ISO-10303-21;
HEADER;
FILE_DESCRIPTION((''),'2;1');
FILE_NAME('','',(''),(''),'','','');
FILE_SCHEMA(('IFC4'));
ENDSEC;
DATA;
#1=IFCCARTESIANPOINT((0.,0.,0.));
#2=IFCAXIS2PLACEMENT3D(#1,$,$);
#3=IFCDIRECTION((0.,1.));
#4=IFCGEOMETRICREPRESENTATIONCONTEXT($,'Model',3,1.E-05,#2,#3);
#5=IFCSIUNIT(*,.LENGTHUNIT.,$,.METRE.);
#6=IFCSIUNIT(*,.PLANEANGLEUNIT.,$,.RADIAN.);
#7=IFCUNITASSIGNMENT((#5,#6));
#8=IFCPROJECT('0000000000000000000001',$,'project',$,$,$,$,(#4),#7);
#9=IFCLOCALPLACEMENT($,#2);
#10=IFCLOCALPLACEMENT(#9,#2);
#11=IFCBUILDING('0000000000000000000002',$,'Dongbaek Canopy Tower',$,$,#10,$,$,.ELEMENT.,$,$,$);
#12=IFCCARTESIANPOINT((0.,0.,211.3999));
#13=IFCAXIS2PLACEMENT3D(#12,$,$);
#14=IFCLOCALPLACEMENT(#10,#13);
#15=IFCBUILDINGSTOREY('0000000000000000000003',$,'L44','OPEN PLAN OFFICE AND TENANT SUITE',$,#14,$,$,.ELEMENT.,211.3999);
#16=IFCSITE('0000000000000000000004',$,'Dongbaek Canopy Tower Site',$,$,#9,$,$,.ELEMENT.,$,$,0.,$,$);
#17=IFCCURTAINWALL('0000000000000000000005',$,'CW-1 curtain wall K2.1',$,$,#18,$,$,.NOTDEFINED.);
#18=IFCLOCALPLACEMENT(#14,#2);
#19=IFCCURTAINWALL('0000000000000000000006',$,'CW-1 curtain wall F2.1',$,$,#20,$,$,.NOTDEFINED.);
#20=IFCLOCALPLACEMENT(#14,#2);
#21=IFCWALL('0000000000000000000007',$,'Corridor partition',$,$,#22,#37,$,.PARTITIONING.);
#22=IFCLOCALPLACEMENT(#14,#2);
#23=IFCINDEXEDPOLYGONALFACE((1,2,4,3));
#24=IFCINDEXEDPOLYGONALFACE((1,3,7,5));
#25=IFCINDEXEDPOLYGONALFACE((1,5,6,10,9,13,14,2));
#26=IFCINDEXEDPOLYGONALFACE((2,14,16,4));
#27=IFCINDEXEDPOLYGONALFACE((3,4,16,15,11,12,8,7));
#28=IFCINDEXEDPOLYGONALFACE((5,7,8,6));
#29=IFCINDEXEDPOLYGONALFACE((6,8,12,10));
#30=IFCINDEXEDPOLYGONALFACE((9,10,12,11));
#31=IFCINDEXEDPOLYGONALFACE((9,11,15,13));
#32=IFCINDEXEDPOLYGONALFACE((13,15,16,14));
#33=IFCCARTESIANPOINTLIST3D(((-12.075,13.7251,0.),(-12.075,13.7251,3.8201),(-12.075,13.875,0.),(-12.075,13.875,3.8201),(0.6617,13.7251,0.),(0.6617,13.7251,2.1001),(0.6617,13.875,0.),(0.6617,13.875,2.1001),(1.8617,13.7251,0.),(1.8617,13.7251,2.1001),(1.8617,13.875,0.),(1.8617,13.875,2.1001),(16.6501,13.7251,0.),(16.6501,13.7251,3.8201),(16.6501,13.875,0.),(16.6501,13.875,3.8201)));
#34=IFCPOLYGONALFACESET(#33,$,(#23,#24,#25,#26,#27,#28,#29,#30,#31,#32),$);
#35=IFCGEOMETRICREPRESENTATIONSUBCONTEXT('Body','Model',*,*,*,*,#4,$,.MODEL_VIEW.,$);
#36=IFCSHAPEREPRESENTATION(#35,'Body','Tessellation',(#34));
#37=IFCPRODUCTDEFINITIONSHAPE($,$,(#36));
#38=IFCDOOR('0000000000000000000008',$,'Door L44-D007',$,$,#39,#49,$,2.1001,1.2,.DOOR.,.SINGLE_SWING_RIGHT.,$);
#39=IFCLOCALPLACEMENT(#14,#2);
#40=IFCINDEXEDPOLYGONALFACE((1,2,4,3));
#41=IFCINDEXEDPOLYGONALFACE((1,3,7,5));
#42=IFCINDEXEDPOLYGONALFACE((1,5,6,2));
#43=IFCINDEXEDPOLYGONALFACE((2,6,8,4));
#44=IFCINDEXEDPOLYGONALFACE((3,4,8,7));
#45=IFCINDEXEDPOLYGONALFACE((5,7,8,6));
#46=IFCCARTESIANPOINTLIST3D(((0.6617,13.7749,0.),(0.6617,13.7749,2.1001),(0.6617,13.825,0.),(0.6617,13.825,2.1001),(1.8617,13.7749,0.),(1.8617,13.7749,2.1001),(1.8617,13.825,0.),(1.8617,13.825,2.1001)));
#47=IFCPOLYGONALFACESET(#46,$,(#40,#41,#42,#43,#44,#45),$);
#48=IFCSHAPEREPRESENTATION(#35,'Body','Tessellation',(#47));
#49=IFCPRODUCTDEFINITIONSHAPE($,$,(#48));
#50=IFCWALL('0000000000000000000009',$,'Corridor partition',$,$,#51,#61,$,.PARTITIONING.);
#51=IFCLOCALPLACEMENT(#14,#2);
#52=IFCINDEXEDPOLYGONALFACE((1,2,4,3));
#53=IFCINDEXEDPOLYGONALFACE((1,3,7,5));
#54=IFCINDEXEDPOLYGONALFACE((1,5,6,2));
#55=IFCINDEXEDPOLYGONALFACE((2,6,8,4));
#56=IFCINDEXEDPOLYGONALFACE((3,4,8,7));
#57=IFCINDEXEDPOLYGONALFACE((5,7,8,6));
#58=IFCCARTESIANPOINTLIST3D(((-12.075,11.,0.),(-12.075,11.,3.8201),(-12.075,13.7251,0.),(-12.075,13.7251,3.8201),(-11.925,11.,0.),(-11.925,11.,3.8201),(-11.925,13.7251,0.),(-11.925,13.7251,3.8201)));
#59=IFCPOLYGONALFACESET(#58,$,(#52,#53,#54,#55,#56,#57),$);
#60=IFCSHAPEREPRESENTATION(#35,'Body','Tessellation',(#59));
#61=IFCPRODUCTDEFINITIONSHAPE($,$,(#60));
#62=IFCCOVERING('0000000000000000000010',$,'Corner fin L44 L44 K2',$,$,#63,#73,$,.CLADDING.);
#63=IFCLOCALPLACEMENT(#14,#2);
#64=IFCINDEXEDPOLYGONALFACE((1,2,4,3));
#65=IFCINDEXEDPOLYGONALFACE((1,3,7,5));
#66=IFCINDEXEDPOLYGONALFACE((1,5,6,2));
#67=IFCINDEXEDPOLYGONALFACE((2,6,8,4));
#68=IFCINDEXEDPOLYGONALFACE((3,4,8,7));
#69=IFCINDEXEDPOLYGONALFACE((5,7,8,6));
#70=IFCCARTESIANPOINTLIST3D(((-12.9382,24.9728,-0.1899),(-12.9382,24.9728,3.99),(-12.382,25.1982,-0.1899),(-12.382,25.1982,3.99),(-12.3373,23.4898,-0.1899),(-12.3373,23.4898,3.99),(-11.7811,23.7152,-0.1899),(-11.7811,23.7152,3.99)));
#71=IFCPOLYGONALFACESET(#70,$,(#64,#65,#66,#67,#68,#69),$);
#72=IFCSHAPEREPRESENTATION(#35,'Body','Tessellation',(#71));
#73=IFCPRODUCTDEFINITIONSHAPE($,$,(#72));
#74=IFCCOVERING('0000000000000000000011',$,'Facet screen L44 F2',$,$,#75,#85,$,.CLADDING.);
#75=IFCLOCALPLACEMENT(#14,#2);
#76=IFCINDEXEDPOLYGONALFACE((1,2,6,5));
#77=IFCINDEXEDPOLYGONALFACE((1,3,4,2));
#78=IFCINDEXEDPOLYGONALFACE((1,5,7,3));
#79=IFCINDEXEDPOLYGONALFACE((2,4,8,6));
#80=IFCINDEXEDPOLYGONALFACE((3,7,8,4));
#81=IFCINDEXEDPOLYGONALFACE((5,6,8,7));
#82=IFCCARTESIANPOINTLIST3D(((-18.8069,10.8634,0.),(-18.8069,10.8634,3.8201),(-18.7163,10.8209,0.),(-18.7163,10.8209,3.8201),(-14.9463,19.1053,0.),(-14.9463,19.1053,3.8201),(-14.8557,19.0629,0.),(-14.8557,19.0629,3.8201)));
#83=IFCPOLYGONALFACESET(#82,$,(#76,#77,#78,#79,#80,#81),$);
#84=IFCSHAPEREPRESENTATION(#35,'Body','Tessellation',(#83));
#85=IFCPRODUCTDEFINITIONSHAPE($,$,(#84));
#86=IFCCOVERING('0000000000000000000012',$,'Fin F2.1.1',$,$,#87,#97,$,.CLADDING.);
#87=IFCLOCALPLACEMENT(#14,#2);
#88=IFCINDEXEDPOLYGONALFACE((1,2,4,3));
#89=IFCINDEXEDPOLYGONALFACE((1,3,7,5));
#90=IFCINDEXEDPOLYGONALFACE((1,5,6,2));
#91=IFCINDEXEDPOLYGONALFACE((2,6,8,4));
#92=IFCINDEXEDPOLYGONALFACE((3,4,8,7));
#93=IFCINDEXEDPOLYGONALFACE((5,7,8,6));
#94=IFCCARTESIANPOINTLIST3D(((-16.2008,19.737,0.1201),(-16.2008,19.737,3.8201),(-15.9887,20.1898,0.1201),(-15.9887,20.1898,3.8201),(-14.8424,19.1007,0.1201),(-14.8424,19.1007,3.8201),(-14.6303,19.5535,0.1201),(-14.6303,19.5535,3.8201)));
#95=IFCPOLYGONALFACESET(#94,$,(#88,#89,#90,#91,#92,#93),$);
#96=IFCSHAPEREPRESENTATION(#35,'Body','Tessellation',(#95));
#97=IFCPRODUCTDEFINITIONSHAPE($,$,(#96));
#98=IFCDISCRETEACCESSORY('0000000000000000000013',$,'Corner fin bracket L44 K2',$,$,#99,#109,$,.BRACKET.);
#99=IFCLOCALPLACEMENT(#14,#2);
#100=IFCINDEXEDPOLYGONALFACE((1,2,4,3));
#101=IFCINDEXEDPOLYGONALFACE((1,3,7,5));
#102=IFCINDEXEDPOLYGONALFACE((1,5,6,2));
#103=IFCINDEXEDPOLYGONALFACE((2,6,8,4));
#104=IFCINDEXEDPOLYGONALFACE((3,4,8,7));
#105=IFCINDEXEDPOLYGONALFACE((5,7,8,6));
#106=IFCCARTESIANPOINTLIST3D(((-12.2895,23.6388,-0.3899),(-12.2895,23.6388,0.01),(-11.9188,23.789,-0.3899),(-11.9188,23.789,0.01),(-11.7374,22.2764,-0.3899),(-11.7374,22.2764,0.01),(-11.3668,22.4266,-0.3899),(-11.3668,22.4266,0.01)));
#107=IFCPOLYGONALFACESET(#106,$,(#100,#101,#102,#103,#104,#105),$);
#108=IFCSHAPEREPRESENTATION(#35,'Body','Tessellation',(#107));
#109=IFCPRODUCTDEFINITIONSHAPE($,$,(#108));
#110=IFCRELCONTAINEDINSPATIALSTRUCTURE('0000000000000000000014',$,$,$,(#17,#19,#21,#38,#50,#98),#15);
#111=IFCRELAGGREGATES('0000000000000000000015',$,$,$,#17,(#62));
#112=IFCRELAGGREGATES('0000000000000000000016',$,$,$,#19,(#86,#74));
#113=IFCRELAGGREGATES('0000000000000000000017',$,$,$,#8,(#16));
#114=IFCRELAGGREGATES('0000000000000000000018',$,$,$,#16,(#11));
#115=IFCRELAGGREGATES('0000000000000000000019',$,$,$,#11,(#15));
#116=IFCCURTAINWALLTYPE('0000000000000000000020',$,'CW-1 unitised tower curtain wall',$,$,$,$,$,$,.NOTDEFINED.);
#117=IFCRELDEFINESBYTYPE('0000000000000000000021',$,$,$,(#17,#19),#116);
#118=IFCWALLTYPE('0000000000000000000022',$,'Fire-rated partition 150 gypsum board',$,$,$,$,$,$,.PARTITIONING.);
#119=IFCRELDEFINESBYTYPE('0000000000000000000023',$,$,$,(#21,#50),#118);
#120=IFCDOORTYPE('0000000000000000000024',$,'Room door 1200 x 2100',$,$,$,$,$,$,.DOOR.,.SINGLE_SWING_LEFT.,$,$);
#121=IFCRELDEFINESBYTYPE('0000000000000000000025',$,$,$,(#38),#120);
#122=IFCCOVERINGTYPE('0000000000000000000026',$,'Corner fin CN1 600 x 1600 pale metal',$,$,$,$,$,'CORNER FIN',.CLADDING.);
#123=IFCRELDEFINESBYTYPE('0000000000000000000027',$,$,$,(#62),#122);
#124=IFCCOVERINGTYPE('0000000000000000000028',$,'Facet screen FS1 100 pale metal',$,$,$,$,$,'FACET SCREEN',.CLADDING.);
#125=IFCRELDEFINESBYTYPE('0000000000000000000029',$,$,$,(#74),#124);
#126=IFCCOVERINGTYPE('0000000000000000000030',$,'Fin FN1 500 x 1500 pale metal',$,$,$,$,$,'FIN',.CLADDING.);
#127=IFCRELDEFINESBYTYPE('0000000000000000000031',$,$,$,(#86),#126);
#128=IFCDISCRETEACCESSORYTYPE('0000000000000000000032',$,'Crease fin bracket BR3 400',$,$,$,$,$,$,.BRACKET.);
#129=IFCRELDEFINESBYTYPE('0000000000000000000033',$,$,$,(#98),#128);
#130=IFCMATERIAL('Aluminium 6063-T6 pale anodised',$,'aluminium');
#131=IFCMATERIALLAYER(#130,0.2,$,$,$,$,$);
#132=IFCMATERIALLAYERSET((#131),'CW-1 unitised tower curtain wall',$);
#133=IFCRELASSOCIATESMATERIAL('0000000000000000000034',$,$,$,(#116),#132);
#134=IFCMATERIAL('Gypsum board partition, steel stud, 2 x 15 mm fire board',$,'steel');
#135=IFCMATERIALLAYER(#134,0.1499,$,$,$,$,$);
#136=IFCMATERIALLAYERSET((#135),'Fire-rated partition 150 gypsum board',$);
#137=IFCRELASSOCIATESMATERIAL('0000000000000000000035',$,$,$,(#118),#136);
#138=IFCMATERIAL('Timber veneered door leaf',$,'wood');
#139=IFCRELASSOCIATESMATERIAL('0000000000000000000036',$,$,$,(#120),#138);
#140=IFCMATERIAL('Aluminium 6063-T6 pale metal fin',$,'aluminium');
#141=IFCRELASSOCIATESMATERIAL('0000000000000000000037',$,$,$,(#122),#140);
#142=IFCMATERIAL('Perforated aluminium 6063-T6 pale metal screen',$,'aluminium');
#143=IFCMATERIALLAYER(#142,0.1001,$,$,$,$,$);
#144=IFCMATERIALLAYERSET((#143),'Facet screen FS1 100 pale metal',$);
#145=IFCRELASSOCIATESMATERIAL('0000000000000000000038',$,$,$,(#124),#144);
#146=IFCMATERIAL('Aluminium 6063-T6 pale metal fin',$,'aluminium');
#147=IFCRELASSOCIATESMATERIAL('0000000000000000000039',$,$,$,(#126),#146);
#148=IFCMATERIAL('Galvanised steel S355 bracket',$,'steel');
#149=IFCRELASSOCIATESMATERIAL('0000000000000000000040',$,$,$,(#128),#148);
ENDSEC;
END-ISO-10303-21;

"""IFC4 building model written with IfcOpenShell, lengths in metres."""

from ifc_helpers import new_model, si_unit, direction, frame, frame_2d, origin, origin_2d, place, context, subcontext, project, spatial, rectangle, extrude, material, layer, layer_set, material_profile, profile_set, type_object, element, fill, aggregate, save


model = new_model("IFC4")

# Units and contexts
model_context = context("Model", 3, precision=1e-05, world=origin(), true_north=direction((0.0, 1.0)))
body_context = subcontext(model_context, "Body", "Model", "MODEL_VIEW")
ifc_project = project(units=[si_unit("LENGTHUNIT", "METRE"), si_unit("PLANEANGLEUNIT", "RADIAN")], contexts=[model_context])

# Site, building, storey
site_placement = place(None, origin())
site = spatial("IfcSite", under=ifc_project, at=site_placement, Name="Dongbaek Canopy Tower Site", CompositionType="ELEMENT", RefElevation=0.0)
building_placement = place(site_placement, origin())
building = spatial("IfcBuilding", under=site, at=building_placement, Name="Dongbaek Canopy Tower", CompositionType="ELEMENT")
storey_placement = place(building_placement, frame((0.0, 0.0, 211.3999)))
storey = spatial("IfcBuildingStorey", under=building, at=storey_placement, Name="L44", Description="OPEN PLAN OFFICE AND TENANT SUITE", CompositionType="ELEMENT", Elevation=211.3999)

# Curtain walls
ifc_material_1 = material(Name="Aluminium 6063-T6 pale anodised", Category="aluminium")
ifc_layer_1 = layer(ifc_material_1, 0.2)
ifc_layer_set_1 = layer_set([ifc_layer_1], Name="CW-1 unitised tower curtain wall")
curtain_wall_type = type_object("IfcCurtainWallType", Name="CW-1 unitised tower curtain wall", PredefinedType="NOTDEFINED", material=ifc_layer_set_1)
curtain_wall_1_placement = place(storey_placement, origin())
curtain_wall_1 = element("IfcCurtainWall", 1, at=curtain_wall_1_placement, inside=storey, type_object=curtain_wall_type, Name="CW-1 curtain wall K2.1", PredefinedType="NOTDEFINED")
curtain_wall_2_placement = place(storey_placement, origin())
curtain_wall_2 = element("IfcCurtainWall", 2, at=curtain_wall_2_placement, inside=storey, type_object=curtain_wall_type, Name="CW-1 curtain wall F2.1", PredefinedType="NOTDEFINED")

# Wall, opening, door
ifc_material_2 = material(Name="Gypsum board partition, steel stud, 2 x 15 mm fire board", Category="steel")
ifc_layer_2 = layer(ifc_material_2, 0.1499)
ifc_layer_set_2 = layer_set([ifc_layer_2], Name="Fire-rated partition 150 gypsum board")
wall_type = type_object("IfcWallType", Name="Fire-rated partition 150 gypsum board", PredefinedType="PARTITIONING", material=ifc_layer_set_2)
wall_1_placement = place(storey_placement, frame((-12.075, 13.8, 0.0), z_axis=(0.0, 0.0, 1.0), x_axis=(1.0, 0.0, 0.0)))
wall_1 = element("IfcWall", 3, at=wall_1_placement, inside=storey, type_object=wall_type, Name="Corridor partition", PredefinedType="PARTITIONING", context=body_context, shape_type="SweptSolid", body=[
    extrude(rectangle(XDim=28.7251, YDim=0.1499, at=frame_2d((14.3625, 0.0))), origin(), (0.0, 0.0, 1.0), 3.8201),
])
opening_placement = place(wall_1_placement, frame((12.7366, 0.0, 0.0)))
opening = element("IfcOpeningElement", 4, at=opening_placement, cuts=wall_1, PredefinedType="OPENING", context=body_context, shape_type="SweptSolid", body=[
    extrude(rectangle(XDim=1.2, YDim=2.1001, at=frame_2d((0.6001, 1.05))), frame((0.0, 0.085, 0.0), z_axis=(0.0, -1.0, 0.0), x_axis=(1.0, 0.0, 0.0)), (0.0, 0.0, 1.0), 0.1699),
])
ifc_material_3 = material(Name="Timber veneered door leaf", Category="wood")
door_type = type_object("IfcDoorType", Name="Room door 1200 x 2100", OperationType="SINGLE_SWING_LEFT", PredefinedType="DOOR", material=ifc_material_3)
door_placement = place(opening_placement, origin())
door = element("IfcDoor", 5, at=door_placement, inside=storey, type_object=door_type, Name="Door L44-D007", OperationType="SINGLE_SWING_RIGHT", OverallHeight=2.1001, OverallWidth=1.2, PredefinedType="DOOR", context=body_context, shape_type="SweptSolid", body=[
    extrude(rectangle(XDim=1.2, YDim=2.1001, at=frame_2d((0.6001, 1.05))), frame((0.0, 0.0249, 0.0), z_axis=(0.0, -1.0, 0.0), x_axis=(1.0, 0.0, 0.0)), (0.0, 0.0, 1.0), 0.05),
])
fill(opening, door)

# Wall
wall_2_placement = place(storey_placement, frame((-12.0, 11.0, 0.0), z_axis=(0.0, 0.0, 1.0), x_axis=(0.0, 1.0, 0.0)))
element("IfcWall", 6, at=wall_2_placement, inside=storey, type_object=wall_type, Name="Corridor partition", PredefinedType="PARTITIONING", context=body_context, shape_type="SweptSolid", body=[
    extrude(rectangle(XDim=2.7251, YDim=0.1499, at=frame_2d((1.3625, 0.0))), origin(), (0.0, 0.0, 1.0), 3.8201),
])

# Coverings
ifc_material_4 = material(Name="Aluminium 6063-T6 pale metal fin", Category="aluminium")
ifc_material_profile_1 = material_profile(ifc_material_4, rectangle(XDim=1.6001, YDim=0.6001, at=origin_2d()), Name="Corner fin CN1 600 x 1600 pale metal")
ifc_profile_set_1 = profile_set([ifc_material_profile_1], Name="Aluminium 6063-T6 pale metal fin")
covering_type_1 = type_object("IfcCoveringType", Name="Corner fin CN1 600 x 1600 pale metal", ElementType="CORNER FIN", PredefinedType="CLADDING", material=ifc_profile_set_1)
covering_1_placement = place(storey_placement, frame((-12.3596, 24.344, -0.1899), z_axis=(0.0, 0.0, 1.0), x_axis=(-0.375532, 0.926809, 0.0)))
covering_1 = element("IfcCovering", 7, at=covering_1_placement, type_object=covering_type_1, Name="Corner fin L44 L44 K2", PredefinedType="CLADDING", context=body_context, shape_type="SweptSolid", body=[
    extrude(rectangle(XDim=1.6001, YDim=0.6001, at=origin_2d()), origin(), (0.0, 0.0, 1.0), 4.1799),
])
aggregate(curtain_wall_1, [covering_1])
ifc_material_5 = material(Name="Perforated aluminium 6063-T6 pale metal screen", Category="aluminium")
ifc_layer_3 = layer(ifc_material_5, 0.1001)
ifc_layer_set_3 = layer_set([ifc_layer_3], Name="Facet screen FS1 100 pale metal")
covering_type_2 = type_object("IfcCoveringType", Name="Facet screen FS1 100 pale metal", ElementType="FACET SCREEN", PredefinedType="CLADDING", material=ifc_layer_set_3)
covering_2_placement = place(storey_placement, frame((-16.8313, 14.9631, 0.0), z_axis=(0.0, 0.0, 1.0), x_axis=(-0.424177, -0.905579, 0.0)))
covering_2 = element("IfcCovering", 8, at=covering_2_placement, type_object=covering_type_2, Name="Facet screen L44 F2", PredefinedType="CLADDING", context=body_context, shape_type="SweptSolid", body=[
    extrude(rectangle(XDim=9.1013, YDim=0.1001, at=origin_2d()), origin(), (0.0, 0.0, 1.0), 3.8201),
])
ifc_material_6 = material(Name="Aluminium 6063-T6 pale metal fin", Category="aluminium")
ifc_material_profile_2 = material_profile(ifc_material_6, rectangle(XDim=1.5, YDim=0.5, at=origin_2d()), Name="Fin FN1 500 x 1500 pale metal")
ifc_profile_set_2 = profile_set([ifc_material_profile_2], Name="Aluminium 6063-T6 pale metal fin")
covering_type_3 = type_object("IfcCoveringType", Name="Fin FN1 500 x 1500 pale metal", ElementType="FIN", PredefinedType="CLADDING", material=ifc_profile_set_2)
covering_3_placement = place(storey_placement, frame((-15.4155, 19.6453, 0.1201), z_axis=(0.0, 0.0, 1.0), x_axis=(-0.905579, 0.424177, 0.0)))
covering_3 = element("IfcCovering", 9, at=covering_3_placement, type_object=covering_type_3, Name="Fin F2.1.1", PredefinedType="CLADDING", context=body_context, shape_type="SweptSolid", body=[
    extrude(rectangle(XDim=1.5, YDim=0.5, at=origin_2d()), origin(), (0.0, 0.0, 1.0), 3.7),
])
aggregate(curtain_wall_2, [covering_3, covering_2])

# Discrete accessory
ifc_material_7 = material(Name="Galvanised steel S355 bracket", Category="steel")
discrete_accessory_type = type_object("IfcDiscreteAccessoryType", Name="Crease fin bracket BR3 400", PredefinedType="BRACKET", material=ifc_material_7)
discrete_accessory_placement = place(storey_placement, frame((-11.8281, 23.0327, -0.3899), z_axis=(0.0, 0.0, 1.0), x_axis=(-0.375532, 0.926809, 0.0)))
element("IfcDiscreteAccessory", 10, at=discrete_accessory_placement, inside=storey, type_object=discrete_accessory_type, Name="Corner fin bracket L44 K2", PredefinedType="BRACKET", context=body_context, shape_type="SweptSolid", body=[
    extrude(rectangle(XDim=1.47, YDim=0.3999, at=origin_2d()), origin(), (0.0, 0.0, 1.0), 0.3999),
])

save(model, "model.ifc")
